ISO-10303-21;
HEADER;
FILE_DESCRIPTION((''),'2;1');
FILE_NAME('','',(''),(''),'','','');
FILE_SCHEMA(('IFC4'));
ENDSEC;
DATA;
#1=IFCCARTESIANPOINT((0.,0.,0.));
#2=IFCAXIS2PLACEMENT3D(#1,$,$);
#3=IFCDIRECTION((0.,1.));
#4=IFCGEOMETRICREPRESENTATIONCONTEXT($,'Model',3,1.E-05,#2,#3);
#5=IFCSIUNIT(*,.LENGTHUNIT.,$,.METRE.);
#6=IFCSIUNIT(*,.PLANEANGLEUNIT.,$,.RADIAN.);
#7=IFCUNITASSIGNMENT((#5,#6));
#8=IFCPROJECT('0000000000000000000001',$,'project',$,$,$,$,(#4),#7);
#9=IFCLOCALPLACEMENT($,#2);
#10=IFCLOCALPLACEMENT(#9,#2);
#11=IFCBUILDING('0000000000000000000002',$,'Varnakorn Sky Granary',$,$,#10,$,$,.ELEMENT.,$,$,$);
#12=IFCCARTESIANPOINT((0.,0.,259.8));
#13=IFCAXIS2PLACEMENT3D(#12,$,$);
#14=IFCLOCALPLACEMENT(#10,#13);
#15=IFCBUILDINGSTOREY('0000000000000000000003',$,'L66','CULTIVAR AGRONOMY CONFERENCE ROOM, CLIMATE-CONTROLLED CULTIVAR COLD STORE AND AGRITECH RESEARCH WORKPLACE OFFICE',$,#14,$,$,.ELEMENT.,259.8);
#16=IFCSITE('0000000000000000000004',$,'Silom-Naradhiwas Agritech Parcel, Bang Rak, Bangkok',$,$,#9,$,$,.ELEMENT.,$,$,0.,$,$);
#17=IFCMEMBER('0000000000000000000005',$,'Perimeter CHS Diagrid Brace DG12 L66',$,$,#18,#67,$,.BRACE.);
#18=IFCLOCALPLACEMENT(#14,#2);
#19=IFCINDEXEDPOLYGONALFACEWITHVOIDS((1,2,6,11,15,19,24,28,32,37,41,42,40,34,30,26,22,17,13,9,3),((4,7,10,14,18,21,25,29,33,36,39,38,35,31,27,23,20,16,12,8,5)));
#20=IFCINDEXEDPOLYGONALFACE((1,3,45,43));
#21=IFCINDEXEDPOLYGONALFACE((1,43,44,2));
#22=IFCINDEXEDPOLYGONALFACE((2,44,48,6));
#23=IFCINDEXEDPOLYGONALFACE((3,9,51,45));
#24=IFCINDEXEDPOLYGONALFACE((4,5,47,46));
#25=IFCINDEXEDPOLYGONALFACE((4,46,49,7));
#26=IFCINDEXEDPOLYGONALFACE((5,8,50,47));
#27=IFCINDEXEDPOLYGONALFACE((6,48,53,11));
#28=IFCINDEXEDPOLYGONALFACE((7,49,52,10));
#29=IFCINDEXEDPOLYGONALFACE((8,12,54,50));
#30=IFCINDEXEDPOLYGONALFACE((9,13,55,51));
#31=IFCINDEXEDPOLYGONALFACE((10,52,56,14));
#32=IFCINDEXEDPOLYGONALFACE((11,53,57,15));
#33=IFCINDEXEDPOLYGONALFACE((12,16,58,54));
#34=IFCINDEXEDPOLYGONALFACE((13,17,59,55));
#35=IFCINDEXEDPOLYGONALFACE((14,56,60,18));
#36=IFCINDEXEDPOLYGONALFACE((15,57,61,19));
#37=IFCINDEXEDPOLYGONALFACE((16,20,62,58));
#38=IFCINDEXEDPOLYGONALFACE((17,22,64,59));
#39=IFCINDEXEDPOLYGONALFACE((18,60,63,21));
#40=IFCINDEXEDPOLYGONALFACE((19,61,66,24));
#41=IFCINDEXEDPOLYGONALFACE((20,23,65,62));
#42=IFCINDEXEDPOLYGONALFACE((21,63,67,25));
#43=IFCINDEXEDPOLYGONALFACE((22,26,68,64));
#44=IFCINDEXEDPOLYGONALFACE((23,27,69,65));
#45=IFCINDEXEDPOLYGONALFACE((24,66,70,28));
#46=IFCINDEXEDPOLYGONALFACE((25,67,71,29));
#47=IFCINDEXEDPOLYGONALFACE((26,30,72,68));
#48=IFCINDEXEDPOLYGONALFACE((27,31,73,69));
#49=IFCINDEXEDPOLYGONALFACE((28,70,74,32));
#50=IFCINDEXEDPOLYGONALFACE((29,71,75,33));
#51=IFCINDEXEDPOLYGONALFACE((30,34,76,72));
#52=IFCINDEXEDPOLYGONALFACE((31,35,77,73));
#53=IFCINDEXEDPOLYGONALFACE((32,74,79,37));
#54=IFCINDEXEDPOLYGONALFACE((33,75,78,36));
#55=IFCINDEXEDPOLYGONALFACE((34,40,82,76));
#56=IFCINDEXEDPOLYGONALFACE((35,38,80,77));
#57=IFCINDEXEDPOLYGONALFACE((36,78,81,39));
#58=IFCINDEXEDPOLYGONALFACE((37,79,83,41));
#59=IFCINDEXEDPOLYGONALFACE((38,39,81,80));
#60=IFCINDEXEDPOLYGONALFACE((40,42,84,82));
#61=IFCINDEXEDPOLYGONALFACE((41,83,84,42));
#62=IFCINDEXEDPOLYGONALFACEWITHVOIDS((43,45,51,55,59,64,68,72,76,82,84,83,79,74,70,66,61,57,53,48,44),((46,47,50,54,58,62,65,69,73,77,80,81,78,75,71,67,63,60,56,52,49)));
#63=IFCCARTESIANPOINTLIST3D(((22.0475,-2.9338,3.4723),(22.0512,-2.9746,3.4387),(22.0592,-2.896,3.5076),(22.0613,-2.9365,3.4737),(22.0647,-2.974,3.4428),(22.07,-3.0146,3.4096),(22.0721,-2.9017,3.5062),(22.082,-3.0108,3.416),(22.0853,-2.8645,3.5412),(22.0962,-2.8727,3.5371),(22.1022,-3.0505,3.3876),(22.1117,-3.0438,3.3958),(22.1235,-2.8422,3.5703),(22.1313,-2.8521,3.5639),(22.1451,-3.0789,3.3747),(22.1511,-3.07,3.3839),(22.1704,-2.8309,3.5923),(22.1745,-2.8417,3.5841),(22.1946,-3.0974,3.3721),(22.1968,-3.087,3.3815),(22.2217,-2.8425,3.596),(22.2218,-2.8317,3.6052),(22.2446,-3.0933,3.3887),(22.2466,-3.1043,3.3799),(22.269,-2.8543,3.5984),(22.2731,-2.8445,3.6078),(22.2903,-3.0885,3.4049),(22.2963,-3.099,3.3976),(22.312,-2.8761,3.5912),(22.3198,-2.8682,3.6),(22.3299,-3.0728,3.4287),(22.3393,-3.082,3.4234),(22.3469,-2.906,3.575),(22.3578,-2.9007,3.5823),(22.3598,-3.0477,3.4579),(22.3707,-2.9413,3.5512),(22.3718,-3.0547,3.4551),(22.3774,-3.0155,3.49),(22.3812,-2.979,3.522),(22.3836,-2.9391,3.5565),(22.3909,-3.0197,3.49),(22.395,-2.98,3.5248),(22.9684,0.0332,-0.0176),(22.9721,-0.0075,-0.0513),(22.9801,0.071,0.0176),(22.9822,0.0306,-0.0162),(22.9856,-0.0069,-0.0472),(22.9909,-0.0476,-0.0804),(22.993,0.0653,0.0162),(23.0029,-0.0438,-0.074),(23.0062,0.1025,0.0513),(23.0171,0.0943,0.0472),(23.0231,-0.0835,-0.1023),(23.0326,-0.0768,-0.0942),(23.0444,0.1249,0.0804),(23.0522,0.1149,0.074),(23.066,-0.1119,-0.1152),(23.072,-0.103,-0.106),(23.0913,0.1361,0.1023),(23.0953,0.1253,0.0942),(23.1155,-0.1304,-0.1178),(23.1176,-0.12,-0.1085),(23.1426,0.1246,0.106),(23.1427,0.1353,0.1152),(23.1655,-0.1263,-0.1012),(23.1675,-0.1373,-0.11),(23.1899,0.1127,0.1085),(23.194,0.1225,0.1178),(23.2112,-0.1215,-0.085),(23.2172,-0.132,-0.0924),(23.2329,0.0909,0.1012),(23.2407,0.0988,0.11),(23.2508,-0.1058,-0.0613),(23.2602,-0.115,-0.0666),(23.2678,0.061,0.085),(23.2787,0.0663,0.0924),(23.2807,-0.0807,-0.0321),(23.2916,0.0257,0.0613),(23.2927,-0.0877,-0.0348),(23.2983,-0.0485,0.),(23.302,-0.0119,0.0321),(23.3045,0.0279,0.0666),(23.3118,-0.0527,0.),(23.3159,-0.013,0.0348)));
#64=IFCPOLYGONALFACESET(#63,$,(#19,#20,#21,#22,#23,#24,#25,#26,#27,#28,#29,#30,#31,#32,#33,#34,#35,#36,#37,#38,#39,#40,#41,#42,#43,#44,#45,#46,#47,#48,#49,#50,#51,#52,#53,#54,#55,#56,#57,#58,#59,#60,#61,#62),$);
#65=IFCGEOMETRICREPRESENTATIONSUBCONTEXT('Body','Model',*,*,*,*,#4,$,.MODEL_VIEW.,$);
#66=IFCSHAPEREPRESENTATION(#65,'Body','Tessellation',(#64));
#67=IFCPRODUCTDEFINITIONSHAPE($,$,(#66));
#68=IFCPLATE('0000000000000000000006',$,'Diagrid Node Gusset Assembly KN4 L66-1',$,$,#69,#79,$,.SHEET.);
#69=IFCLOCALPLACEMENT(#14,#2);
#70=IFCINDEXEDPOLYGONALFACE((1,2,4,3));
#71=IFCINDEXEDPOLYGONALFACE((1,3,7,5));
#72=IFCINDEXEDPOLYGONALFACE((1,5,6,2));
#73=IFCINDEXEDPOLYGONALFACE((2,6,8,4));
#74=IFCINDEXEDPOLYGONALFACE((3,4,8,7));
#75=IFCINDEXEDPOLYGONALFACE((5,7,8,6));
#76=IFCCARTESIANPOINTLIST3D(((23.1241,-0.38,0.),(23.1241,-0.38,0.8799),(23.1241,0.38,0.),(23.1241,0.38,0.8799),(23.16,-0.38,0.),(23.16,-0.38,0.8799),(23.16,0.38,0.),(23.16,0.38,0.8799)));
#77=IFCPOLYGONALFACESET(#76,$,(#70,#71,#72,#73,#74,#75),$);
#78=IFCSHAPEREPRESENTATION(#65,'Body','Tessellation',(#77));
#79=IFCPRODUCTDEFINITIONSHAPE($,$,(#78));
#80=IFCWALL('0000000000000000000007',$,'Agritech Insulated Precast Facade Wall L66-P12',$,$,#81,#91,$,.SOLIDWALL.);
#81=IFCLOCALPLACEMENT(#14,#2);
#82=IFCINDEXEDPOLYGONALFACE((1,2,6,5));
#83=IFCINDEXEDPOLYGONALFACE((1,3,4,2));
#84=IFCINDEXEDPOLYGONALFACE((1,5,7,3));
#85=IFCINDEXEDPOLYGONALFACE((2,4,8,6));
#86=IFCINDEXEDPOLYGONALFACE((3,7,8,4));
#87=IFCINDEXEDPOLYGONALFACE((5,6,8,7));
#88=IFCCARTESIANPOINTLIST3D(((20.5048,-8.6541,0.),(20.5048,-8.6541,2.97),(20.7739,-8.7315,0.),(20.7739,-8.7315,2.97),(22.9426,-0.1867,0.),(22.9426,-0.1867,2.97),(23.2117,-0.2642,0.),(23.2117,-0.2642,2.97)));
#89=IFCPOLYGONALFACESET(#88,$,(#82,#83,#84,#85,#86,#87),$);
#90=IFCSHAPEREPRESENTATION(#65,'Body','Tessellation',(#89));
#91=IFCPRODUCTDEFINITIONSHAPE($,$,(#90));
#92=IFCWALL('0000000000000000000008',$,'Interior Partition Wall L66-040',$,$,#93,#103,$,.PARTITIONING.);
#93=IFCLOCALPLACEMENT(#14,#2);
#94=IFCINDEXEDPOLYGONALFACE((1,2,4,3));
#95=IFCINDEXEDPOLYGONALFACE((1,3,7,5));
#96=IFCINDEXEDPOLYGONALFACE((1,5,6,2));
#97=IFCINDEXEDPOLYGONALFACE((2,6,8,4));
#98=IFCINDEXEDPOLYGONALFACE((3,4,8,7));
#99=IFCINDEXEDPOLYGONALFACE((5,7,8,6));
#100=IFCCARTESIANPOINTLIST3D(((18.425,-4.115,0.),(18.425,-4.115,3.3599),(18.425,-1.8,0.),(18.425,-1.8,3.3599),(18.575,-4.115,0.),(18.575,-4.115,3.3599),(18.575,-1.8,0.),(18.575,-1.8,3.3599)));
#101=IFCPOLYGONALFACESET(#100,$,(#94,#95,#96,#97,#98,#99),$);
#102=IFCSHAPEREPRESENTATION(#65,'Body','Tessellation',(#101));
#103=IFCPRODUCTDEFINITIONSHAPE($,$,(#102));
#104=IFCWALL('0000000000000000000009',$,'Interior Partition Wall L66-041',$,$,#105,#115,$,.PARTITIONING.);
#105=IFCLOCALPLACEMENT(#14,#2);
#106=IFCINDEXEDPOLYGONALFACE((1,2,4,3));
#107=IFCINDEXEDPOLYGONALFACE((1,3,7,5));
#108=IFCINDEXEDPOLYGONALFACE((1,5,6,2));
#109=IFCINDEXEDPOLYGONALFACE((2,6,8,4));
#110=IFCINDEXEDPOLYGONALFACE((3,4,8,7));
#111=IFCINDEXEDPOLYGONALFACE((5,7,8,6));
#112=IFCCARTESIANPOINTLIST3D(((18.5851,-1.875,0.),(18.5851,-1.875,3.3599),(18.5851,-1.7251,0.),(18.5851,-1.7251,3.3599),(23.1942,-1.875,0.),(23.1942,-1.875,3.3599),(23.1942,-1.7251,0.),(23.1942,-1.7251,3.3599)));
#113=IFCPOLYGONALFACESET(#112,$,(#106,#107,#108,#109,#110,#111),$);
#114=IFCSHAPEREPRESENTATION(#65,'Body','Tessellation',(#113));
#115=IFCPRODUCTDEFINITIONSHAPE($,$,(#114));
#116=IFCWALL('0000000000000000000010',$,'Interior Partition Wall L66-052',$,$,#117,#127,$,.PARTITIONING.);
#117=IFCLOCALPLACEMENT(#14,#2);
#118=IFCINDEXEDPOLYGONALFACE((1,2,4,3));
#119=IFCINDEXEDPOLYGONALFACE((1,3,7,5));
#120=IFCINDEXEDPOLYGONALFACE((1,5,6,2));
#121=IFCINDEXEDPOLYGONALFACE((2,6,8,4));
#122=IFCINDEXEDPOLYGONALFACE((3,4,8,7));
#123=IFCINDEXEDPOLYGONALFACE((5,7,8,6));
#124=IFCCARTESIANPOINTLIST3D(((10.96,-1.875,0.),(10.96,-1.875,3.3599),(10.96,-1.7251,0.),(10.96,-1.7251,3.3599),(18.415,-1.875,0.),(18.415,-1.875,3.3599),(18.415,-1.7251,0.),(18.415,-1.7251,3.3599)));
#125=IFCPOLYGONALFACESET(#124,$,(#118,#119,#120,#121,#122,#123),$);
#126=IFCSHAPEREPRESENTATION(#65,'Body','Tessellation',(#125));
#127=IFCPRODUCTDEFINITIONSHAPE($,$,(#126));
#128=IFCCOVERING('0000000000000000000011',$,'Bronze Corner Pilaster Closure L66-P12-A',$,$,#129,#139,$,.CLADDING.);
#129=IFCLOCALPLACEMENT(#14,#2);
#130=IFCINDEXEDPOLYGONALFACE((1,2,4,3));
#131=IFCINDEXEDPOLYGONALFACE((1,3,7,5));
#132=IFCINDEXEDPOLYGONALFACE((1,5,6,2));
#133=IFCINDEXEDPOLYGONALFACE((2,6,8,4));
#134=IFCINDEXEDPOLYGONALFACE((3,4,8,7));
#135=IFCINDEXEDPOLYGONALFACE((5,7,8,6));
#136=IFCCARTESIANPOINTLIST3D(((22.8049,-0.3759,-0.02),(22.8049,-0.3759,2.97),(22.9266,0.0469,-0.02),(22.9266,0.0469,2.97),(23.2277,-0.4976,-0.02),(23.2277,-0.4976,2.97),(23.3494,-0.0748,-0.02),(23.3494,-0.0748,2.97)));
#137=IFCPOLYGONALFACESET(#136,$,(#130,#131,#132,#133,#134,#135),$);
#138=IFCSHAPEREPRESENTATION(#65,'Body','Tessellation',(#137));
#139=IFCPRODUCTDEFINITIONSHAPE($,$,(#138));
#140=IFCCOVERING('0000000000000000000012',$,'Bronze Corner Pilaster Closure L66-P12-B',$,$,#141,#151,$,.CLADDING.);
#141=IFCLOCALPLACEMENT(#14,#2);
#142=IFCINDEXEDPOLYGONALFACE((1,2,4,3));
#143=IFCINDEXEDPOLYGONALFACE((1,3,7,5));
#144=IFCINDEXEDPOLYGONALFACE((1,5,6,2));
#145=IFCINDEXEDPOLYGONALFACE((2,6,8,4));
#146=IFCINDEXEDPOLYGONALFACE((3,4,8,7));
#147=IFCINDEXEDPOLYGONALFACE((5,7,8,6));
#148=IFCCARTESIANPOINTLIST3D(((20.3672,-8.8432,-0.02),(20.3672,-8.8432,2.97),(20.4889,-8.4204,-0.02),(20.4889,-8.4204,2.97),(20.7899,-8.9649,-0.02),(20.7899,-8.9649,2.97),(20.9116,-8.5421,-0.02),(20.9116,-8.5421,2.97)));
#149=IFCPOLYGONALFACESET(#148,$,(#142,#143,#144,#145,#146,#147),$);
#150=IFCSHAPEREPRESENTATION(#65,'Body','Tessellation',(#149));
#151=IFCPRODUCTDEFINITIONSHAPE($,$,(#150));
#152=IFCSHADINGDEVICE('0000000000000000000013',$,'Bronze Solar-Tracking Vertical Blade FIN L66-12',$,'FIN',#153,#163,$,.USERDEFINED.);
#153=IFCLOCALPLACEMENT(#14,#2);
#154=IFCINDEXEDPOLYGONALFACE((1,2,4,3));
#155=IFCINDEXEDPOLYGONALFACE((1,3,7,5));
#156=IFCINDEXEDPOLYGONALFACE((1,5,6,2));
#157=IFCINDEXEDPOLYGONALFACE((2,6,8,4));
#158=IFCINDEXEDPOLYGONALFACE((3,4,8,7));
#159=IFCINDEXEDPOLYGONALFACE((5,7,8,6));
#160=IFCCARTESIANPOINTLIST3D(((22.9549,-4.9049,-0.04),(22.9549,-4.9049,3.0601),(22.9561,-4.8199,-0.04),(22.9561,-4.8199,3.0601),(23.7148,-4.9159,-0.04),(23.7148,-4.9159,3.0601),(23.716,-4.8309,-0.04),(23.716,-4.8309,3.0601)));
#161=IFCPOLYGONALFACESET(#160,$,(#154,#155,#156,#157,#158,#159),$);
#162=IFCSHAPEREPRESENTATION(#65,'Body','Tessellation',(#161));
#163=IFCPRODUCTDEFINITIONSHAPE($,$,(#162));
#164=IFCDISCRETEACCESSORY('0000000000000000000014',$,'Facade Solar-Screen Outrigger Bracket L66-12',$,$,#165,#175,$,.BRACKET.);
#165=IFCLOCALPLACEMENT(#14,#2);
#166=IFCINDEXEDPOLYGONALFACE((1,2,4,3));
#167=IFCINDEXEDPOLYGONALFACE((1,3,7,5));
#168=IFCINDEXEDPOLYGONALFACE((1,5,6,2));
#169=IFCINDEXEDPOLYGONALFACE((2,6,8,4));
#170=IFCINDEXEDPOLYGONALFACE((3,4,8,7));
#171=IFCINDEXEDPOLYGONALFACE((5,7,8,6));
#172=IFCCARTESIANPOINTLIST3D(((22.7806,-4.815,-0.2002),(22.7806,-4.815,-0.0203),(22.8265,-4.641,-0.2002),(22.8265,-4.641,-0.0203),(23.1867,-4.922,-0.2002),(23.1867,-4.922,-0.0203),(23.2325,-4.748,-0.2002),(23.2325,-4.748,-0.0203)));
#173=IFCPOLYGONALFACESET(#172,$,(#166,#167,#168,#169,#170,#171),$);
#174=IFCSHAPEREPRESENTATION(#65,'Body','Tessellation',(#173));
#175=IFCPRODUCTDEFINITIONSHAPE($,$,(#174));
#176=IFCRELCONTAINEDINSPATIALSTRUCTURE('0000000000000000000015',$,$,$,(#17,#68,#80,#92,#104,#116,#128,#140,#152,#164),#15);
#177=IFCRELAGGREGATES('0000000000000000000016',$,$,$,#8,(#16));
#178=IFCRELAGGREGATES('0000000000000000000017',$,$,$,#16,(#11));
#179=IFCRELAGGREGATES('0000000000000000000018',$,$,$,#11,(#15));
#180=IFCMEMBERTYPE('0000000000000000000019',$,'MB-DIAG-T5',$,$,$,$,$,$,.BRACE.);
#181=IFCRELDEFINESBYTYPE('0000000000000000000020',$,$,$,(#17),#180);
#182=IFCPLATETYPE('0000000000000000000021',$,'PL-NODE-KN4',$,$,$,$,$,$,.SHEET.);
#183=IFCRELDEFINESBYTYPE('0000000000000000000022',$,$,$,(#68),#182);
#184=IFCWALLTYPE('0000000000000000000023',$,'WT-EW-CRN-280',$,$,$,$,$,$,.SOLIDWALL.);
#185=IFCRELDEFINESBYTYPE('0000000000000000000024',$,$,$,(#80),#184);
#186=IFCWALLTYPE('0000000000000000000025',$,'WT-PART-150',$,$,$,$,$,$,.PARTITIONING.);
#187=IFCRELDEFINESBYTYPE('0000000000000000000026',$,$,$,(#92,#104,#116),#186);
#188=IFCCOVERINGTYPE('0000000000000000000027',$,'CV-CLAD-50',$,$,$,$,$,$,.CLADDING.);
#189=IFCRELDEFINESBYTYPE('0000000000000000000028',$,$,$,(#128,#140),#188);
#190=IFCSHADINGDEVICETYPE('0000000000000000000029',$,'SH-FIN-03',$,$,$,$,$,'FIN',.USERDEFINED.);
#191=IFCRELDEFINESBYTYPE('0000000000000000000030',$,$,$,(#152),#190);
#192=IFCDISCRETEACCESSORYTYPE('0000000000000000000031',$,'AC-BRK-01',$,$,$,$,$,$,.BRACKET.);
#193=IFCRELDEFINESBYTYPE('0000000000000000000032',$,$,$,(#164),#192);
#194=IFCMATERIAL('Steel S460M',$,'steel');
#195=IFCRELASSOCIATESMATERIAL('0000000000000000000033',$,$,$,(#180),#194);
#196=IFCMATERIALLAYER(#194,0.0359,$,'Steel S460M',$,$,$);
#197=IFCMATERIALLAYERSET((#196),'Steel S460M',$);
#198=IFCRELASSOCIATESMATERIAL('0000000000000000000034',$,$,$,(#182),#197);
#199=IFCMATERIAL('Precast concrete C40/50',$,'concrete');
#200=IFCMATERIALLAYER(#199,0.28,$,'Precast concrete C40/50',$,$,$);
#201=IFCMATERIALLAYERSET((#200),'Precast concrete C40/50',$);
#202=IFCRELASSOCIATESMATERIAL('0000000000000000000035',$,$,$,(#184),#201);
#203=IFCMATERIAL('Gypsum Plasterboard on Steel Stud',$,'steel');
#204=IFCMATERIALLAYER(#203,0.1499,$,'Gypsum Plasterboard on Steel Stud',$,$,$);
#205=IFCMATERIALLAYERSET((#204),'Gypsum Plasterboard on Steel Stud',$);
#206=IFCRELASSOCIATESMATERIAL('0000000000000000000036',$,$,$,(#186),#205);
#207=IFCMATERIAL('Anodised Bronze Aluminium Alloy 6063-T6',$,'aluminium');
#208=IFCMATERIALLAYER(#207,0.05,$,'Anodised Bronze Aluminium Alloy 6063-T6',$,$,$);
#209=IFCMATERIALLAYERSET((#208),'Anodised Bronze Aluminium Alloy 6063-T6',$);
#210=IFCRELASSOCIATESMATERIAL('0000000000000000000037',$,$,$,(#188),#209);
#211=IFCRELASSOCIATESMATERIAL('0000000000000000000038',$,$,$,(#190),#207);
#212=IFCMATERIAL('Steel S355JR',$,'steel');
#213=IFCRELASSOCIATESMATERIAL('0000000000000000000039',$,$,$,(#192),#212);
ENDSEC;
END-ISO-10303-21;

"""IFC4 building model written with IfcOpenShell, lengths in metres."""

from ifc_helpers import new_model, si_unit, direction, frame, frame_2d, origin, origin_2d, place, context, subcontext, project, spatial, rectangle, hollow_circle, extrude, source, transform, mapped, material, layer, layer_set, material_profile, profile_set, type_object, type_shapes, element, save


model = new_model("IFC4")

# Units and contexts
model_context = context("Model", 3, precision=1e-05, world=origin(), true_north=direction((0.0, 1.0)))
body_context = subcontext(model_context, "Body", "Model", "MODEL_VIEW")
ifc_project = project(units=[si_unit("LENGTHUNIT", "METRE"), si_unit("PLANEANGLEUNIT", "RADIAN")], contexts=[model_context])

# Site, building, storey
site_placement = place(None, origin())
site = spatial("IfcSite", under=ifc_project, at=site_placement, Name="Silom-Naradhiwas Agritech Parcel, Bang Rak, Bangkok", CompositionType="ELEMENT", RefElevation=0.0)
building_placement = place(site_placement, origin())
building = spatial("IfcBuilding", under=site, at=building_placement, Name="Varnakorn Sky Granary", CompositionType="ELEMENT")
storey_placement = place(building_placement, frame((0.0, 0.0, 259.8)))
storey = spatial("IfcBuildingStorey", under=building, at=storey_placement, Name="L66", Description="CULTIVAR AGRONOMY CONFERENCE ROOM, CLIMATE-CONTROLLED CULTIVAR COLD STORE AND AGRITECH RESEARCH WORKPLACE OFFICE", CompositionType="ELEMENT", Elevation=259.8)

# Shared definitions
ifc_material_1 = material(Name="Steel S460M", Category="steel")

# Shared definitions
ifc_material_2 = material(Name="Steel S355JR", Category="steel")

# Shared definitions
ifc_material_3 = material(Name="Anodised Bronze Aluminium Alloy 6063-T6", Category="aluminium")

# Member
ifc_material_profile_1 = material_profile(ifc_material_1, hollow_circle(Radius=0.1777, WallThickness=0.0142, at=origin_2d()), Name="CHS 355.6x14")
ifc_profile_set_1 = profile_set([ifc_material_profile_1], Name="Steel S460M")
member_type_1 = type_object("IfcMemberType", Name="MB-DIAG-T5", PredefinedType="BRACE", material=ifc_profile_set_1)
for number, where, z_axis, x_axis, name in (
    (1, (23.1421, 0.0, 0.0), (-0.197093, -0.635013, 0.746936), (0.955056, -0.296426, 0.0), "Perimeter CHS Diagrid Brace DG12 L66"),
):
    element("IfcMember", number, at=place(storey_placement, frame(where, z_axis=z_axis, x_axis=x_axis)), inside=storey, type_object=member_type_1, Name=name, PredefinedType="BRACE", context=body_context, shape_type="SweptSolid", body=[
        extrude(hollow_circle(Radius=0.1777, WallThickness=0.0142, at=origin_2d()), origin(), (0.0, 0.0, 1.0), 4.6724),
    ])

# Plate
ifc_layer_1 = layer(ifc_material_1, 0.0359, Name="Steel S460M")
ifc_layer_set_1 = layer_set([ifc_layer_1], Name="Steel S460M")
plate_type = type_object("IfcPlateType", Name="PL-NODE-KN4", PredefinedType="SHEET", material=ifc_layer_set_1)
plate_placement = place(storey_placement, frame((23.1421, 0.0, 0.0), z_axis=(0.0, 0.0, 1.0), x_axis=(0.0, 1.0, 0.0)))
element("IfcPlate", 2, at=plate_placement, inside=storey, type_object=plate_type, Name="Diagrid Node Gusset Assembly KN4 L66-1", PredefinedType="SHEET", context=body_context, shape_type="SweptSolid", body=[
    extrude(rectangle(XDim=0.76, YDim=0.0359, at=origin_2d()), origin(), (0.0, 0.0, 1.0), 0.8799),
])

# Walls
ifc_material_4 = material(Name="Precast concrete C40/50", Category="concrete")
ifc_layer_2 = layer(ifc_material_4, 0.28, Name="Precast concrete C40/50")
ifc_layer_set_2 = layer_set([ifc_layer_2], Name="Precast concrete C40/50")
wall_type_1 = type_object("IfcWallType", Name="WT-EW-CRN-280", PredefinedType="SOLIDWALL", material=ifc_layer_set_2)
wall_1_placement = place(storey_placement, frame((23.0771, -0.2253, 0.0), z_axis=(0.0, 0.0, 1.0), x_axis=(-0.276664, -0.960967, 0.0)))
element("IfcWall", 3, at=wall_1_placement, inside=storey, type_object=wall_type_1, Name="Agritech Insulated Precast Facade Wall L66-P12", PredefinedType="SOLIDWALL", context=body_context, shape_type="SweptSolid", body=[
    extrude(rectangle(XDim=8.8113, YDim=0.28, at=frame_2d((4.4058, 0.0))), origin(), (0.0, 0.0, 1.0), 2.97),
])
ifc_material_5 = material(Name="Gypsum Plasterboard on Steel Stud", Category="steel")
ifc_layer_3 = layer(ifc_material_5, 0.1499, Name="Gypsum Plasterboard on Steel Stud")
ifc_layer_set_3 = layer_set([ifc_layer_3], Name="Gypsum Plasterboard on Steel Stud")
wall_type_2 = type_object("IfcWallType", Name="WT-PART-150", PredefinedType="PARTITIONING", material=ifc_layer_set_3)
wall_2_placement = place(storey_placement, frame((18.5, -4.115, 0.0), z_axis=(0.0, 0.0, 1.0), x_axis=(0.0, 1.0, 0.0)))
element("IfcWall", 4, at=wall_2_placement, inside=storey, type_object=wall_type_2, Name="Interior Partition Wall L66-040", PredefinedType="PARTITIONING", context=body_context, shape_type="SweptSolid", body=[
    extrude(rectangle(XDim=2.3149, YDim=0.1499, at=frame_2d((1.1575, 0.0))), origin(), (0.0, 0.0, 1.0), 3.3599),
])
wall_3_placement = place(storey_placement, frame((18.585, -1.8, 0.0), z_axis=(0.0, 0.0, 1.0), x_axis=(1.0, 0.0, 0.0)))
element("IfcWall", 5, at=wall_3_placement, inside=storey, type_object=wall_type_2, Name="Interior Partition Wall L66-041", PredefinedType="PARTITIONING", context=body_context, shape_type="SweptSolid", body=[
    extrude(rectangle(XDim=4.6091, YDim=0.1499, at=frame_2d((2.3047, 0.0))), origin(), (0.0, 0.0, 1.0), 3.3599),
])
wall_4_placement = place(storey_placement, frame((18.415, -1.8, 0.0), z_axis=(0.0, 0.0, 1.0), x_axis=(-1.0, 0.0, 0.0)))
element("IfcWall", 6, at=wall_4_placement, inside=storey, type_object=wall_type_2, Name="Interior Partition Wall L66-052", PredefinedType="PARTITIONING", context=body_context, shape_type="SweptSolid", body=[
    extrude(rectangle(XDim=7.4551, YDim=0.1499, at=frame_2d((3.7275, 0.0))), origin(), (0.0, 0.0, 1.0), 3.3599),
])

# Coverings
ifc_layer_4 = layer(ifc_material_3, 0.05, Name="Anodised Bronze Aluminium Alloy 6063-T6")
ifc_layer_set_4 = layer_set([ifc_layer_4], Name="Anodised Bronze Aluminium Alloy 6063-T6")
covering_type = type_object("IfcCoveringType", Name="CV-CLAD-50", PredefinedType="CLADDING", material=ifc_layer_set_4)
shared_shape_1 = source(origin(), body_context, "Body", "SweptSolid", [
    extrude(rectangle(XDim=0.4399, YDim=0.4399, at=origin_2d()), origin(), (0.0, 0.0, 1.0), 2.99),
])
type_shapes(covering_type, [shared_shape_1])
for number, where, z_axis, x_axis, name in (
    (7, (23.0771, -0.2253, -0.02), (0.0, 0.0, 1.0), (-0.276644, -0.960973, 0.0), "Bronze Corner Pilaster Closure L66-P12-A"),
    (8, (20.6394, -8.6926, -0.02), (0.0, 0.0, 1.0), (-0.276644, -0.960973, 0.0), "Bronze Corner Pilaster Closure L66-P12-B"),
):
    element("IfcCovering", number, at=place(storey_placement, frame(where, z_axis=z_axis, x_axis=x_axis)), inside=storey, type_object=covering_type, Name=name, PredefinedType="CLADDING", context=body_context, shape_type="MappedRepresentation", body=[
        mapped(shared_shape_1, transform((0.0, 0.0, 0.0), x_axis=(1.0, 0.0, 0.0), y_axis=(0.0, 1.0, 0.0), z_axis=(0.0, 0.0, 1.0), scale=1.0)),
    ])

# Shading device
shading_device_type = type_object("IfcShadingDeviceType", Name="SH-FIN-03", ElementType="FIN", PredefinedType="USERDEFINED", material=ifc_material_3)
shared_shape_2 = source(origin(), body_context, "Body", "SweptSolid", [
    extrude(rectangle(XDim=0.085, YDim=0.76, at=origin_2d()), origin(), (0.0, 0.0, 1.0), 3.1001),
])
type_shapes(shading_device_type, [shared_shape_2])
shading_device_placement = place(storey_placement, frame((23.3354, -4.8679, -0.04), z_axis=(0.0, 0.0, 1.0), x_axis=(0.014466, 0.999895, 0.0)))
element("IfcShadingDevice", 9, at=shading_device_placement, inside=storey, type_object=shading_device_type, Name="Bronze Solar-Tracking Vertical Blade FIN L66-12", ObjectType="FIN", PredefinedType="USERDEFINED", context=body_context, shape_type="MappedRepresentation", body=[
    mapped(shared_shape_2, transform((0.0, 0.0, 0.0), x_axis=(1.0, 0.0, 0.0), y_axis=(0.0, 1.0, 0.0), z_axis=(0.0, 0.0, 1.0), scale=1.0)),
])

# Discrete accessory
discrete_accessory_type = type_object("IfcDiscreteAccessoryType", Name="AC-BRK-01", PredefinedType="BRACKET", material=ifc_material_2)
shared_shape_3 = source(origin(), body_context, "Body", "SweptSolid", [
    extrude(rectangle(XDim=0.1799, YDim=0.4199, at=origin_2d()), origin(), (0.0, 0.0, 1.0), 0.1799),
])
type_shapes(discrete_accessory_type, [shared_shape_3])
discrete_accessory_placement = place(storey_placement, frame((23.0066, -4.7815, -0.2002), z_axis=(0.0, 0.0, 1.0), x_axis=(0.254662, 0.96703, 0.0)))
element("IfcDiscreteAccessory", 10, at=discrete_accessory_placement, inside=storey, type_object=discrete_accessory_type, Name="Facade Solar-Screen Outrigger Bracket L66-12", PredefinedType="BRACKET", context=body_context, shape_type="MappedRepresentation", body=[
    mapped(shared_shape_3, transform((0.0, 0.0, 0.0), x_axis=(1.0, 0.0, 0.0), y_axis=(0.0, 1.0, 0.0), z_axis=(0.0, 0.0, 1.0), scale=1.0)),
])

save(model, "model.ifc")
